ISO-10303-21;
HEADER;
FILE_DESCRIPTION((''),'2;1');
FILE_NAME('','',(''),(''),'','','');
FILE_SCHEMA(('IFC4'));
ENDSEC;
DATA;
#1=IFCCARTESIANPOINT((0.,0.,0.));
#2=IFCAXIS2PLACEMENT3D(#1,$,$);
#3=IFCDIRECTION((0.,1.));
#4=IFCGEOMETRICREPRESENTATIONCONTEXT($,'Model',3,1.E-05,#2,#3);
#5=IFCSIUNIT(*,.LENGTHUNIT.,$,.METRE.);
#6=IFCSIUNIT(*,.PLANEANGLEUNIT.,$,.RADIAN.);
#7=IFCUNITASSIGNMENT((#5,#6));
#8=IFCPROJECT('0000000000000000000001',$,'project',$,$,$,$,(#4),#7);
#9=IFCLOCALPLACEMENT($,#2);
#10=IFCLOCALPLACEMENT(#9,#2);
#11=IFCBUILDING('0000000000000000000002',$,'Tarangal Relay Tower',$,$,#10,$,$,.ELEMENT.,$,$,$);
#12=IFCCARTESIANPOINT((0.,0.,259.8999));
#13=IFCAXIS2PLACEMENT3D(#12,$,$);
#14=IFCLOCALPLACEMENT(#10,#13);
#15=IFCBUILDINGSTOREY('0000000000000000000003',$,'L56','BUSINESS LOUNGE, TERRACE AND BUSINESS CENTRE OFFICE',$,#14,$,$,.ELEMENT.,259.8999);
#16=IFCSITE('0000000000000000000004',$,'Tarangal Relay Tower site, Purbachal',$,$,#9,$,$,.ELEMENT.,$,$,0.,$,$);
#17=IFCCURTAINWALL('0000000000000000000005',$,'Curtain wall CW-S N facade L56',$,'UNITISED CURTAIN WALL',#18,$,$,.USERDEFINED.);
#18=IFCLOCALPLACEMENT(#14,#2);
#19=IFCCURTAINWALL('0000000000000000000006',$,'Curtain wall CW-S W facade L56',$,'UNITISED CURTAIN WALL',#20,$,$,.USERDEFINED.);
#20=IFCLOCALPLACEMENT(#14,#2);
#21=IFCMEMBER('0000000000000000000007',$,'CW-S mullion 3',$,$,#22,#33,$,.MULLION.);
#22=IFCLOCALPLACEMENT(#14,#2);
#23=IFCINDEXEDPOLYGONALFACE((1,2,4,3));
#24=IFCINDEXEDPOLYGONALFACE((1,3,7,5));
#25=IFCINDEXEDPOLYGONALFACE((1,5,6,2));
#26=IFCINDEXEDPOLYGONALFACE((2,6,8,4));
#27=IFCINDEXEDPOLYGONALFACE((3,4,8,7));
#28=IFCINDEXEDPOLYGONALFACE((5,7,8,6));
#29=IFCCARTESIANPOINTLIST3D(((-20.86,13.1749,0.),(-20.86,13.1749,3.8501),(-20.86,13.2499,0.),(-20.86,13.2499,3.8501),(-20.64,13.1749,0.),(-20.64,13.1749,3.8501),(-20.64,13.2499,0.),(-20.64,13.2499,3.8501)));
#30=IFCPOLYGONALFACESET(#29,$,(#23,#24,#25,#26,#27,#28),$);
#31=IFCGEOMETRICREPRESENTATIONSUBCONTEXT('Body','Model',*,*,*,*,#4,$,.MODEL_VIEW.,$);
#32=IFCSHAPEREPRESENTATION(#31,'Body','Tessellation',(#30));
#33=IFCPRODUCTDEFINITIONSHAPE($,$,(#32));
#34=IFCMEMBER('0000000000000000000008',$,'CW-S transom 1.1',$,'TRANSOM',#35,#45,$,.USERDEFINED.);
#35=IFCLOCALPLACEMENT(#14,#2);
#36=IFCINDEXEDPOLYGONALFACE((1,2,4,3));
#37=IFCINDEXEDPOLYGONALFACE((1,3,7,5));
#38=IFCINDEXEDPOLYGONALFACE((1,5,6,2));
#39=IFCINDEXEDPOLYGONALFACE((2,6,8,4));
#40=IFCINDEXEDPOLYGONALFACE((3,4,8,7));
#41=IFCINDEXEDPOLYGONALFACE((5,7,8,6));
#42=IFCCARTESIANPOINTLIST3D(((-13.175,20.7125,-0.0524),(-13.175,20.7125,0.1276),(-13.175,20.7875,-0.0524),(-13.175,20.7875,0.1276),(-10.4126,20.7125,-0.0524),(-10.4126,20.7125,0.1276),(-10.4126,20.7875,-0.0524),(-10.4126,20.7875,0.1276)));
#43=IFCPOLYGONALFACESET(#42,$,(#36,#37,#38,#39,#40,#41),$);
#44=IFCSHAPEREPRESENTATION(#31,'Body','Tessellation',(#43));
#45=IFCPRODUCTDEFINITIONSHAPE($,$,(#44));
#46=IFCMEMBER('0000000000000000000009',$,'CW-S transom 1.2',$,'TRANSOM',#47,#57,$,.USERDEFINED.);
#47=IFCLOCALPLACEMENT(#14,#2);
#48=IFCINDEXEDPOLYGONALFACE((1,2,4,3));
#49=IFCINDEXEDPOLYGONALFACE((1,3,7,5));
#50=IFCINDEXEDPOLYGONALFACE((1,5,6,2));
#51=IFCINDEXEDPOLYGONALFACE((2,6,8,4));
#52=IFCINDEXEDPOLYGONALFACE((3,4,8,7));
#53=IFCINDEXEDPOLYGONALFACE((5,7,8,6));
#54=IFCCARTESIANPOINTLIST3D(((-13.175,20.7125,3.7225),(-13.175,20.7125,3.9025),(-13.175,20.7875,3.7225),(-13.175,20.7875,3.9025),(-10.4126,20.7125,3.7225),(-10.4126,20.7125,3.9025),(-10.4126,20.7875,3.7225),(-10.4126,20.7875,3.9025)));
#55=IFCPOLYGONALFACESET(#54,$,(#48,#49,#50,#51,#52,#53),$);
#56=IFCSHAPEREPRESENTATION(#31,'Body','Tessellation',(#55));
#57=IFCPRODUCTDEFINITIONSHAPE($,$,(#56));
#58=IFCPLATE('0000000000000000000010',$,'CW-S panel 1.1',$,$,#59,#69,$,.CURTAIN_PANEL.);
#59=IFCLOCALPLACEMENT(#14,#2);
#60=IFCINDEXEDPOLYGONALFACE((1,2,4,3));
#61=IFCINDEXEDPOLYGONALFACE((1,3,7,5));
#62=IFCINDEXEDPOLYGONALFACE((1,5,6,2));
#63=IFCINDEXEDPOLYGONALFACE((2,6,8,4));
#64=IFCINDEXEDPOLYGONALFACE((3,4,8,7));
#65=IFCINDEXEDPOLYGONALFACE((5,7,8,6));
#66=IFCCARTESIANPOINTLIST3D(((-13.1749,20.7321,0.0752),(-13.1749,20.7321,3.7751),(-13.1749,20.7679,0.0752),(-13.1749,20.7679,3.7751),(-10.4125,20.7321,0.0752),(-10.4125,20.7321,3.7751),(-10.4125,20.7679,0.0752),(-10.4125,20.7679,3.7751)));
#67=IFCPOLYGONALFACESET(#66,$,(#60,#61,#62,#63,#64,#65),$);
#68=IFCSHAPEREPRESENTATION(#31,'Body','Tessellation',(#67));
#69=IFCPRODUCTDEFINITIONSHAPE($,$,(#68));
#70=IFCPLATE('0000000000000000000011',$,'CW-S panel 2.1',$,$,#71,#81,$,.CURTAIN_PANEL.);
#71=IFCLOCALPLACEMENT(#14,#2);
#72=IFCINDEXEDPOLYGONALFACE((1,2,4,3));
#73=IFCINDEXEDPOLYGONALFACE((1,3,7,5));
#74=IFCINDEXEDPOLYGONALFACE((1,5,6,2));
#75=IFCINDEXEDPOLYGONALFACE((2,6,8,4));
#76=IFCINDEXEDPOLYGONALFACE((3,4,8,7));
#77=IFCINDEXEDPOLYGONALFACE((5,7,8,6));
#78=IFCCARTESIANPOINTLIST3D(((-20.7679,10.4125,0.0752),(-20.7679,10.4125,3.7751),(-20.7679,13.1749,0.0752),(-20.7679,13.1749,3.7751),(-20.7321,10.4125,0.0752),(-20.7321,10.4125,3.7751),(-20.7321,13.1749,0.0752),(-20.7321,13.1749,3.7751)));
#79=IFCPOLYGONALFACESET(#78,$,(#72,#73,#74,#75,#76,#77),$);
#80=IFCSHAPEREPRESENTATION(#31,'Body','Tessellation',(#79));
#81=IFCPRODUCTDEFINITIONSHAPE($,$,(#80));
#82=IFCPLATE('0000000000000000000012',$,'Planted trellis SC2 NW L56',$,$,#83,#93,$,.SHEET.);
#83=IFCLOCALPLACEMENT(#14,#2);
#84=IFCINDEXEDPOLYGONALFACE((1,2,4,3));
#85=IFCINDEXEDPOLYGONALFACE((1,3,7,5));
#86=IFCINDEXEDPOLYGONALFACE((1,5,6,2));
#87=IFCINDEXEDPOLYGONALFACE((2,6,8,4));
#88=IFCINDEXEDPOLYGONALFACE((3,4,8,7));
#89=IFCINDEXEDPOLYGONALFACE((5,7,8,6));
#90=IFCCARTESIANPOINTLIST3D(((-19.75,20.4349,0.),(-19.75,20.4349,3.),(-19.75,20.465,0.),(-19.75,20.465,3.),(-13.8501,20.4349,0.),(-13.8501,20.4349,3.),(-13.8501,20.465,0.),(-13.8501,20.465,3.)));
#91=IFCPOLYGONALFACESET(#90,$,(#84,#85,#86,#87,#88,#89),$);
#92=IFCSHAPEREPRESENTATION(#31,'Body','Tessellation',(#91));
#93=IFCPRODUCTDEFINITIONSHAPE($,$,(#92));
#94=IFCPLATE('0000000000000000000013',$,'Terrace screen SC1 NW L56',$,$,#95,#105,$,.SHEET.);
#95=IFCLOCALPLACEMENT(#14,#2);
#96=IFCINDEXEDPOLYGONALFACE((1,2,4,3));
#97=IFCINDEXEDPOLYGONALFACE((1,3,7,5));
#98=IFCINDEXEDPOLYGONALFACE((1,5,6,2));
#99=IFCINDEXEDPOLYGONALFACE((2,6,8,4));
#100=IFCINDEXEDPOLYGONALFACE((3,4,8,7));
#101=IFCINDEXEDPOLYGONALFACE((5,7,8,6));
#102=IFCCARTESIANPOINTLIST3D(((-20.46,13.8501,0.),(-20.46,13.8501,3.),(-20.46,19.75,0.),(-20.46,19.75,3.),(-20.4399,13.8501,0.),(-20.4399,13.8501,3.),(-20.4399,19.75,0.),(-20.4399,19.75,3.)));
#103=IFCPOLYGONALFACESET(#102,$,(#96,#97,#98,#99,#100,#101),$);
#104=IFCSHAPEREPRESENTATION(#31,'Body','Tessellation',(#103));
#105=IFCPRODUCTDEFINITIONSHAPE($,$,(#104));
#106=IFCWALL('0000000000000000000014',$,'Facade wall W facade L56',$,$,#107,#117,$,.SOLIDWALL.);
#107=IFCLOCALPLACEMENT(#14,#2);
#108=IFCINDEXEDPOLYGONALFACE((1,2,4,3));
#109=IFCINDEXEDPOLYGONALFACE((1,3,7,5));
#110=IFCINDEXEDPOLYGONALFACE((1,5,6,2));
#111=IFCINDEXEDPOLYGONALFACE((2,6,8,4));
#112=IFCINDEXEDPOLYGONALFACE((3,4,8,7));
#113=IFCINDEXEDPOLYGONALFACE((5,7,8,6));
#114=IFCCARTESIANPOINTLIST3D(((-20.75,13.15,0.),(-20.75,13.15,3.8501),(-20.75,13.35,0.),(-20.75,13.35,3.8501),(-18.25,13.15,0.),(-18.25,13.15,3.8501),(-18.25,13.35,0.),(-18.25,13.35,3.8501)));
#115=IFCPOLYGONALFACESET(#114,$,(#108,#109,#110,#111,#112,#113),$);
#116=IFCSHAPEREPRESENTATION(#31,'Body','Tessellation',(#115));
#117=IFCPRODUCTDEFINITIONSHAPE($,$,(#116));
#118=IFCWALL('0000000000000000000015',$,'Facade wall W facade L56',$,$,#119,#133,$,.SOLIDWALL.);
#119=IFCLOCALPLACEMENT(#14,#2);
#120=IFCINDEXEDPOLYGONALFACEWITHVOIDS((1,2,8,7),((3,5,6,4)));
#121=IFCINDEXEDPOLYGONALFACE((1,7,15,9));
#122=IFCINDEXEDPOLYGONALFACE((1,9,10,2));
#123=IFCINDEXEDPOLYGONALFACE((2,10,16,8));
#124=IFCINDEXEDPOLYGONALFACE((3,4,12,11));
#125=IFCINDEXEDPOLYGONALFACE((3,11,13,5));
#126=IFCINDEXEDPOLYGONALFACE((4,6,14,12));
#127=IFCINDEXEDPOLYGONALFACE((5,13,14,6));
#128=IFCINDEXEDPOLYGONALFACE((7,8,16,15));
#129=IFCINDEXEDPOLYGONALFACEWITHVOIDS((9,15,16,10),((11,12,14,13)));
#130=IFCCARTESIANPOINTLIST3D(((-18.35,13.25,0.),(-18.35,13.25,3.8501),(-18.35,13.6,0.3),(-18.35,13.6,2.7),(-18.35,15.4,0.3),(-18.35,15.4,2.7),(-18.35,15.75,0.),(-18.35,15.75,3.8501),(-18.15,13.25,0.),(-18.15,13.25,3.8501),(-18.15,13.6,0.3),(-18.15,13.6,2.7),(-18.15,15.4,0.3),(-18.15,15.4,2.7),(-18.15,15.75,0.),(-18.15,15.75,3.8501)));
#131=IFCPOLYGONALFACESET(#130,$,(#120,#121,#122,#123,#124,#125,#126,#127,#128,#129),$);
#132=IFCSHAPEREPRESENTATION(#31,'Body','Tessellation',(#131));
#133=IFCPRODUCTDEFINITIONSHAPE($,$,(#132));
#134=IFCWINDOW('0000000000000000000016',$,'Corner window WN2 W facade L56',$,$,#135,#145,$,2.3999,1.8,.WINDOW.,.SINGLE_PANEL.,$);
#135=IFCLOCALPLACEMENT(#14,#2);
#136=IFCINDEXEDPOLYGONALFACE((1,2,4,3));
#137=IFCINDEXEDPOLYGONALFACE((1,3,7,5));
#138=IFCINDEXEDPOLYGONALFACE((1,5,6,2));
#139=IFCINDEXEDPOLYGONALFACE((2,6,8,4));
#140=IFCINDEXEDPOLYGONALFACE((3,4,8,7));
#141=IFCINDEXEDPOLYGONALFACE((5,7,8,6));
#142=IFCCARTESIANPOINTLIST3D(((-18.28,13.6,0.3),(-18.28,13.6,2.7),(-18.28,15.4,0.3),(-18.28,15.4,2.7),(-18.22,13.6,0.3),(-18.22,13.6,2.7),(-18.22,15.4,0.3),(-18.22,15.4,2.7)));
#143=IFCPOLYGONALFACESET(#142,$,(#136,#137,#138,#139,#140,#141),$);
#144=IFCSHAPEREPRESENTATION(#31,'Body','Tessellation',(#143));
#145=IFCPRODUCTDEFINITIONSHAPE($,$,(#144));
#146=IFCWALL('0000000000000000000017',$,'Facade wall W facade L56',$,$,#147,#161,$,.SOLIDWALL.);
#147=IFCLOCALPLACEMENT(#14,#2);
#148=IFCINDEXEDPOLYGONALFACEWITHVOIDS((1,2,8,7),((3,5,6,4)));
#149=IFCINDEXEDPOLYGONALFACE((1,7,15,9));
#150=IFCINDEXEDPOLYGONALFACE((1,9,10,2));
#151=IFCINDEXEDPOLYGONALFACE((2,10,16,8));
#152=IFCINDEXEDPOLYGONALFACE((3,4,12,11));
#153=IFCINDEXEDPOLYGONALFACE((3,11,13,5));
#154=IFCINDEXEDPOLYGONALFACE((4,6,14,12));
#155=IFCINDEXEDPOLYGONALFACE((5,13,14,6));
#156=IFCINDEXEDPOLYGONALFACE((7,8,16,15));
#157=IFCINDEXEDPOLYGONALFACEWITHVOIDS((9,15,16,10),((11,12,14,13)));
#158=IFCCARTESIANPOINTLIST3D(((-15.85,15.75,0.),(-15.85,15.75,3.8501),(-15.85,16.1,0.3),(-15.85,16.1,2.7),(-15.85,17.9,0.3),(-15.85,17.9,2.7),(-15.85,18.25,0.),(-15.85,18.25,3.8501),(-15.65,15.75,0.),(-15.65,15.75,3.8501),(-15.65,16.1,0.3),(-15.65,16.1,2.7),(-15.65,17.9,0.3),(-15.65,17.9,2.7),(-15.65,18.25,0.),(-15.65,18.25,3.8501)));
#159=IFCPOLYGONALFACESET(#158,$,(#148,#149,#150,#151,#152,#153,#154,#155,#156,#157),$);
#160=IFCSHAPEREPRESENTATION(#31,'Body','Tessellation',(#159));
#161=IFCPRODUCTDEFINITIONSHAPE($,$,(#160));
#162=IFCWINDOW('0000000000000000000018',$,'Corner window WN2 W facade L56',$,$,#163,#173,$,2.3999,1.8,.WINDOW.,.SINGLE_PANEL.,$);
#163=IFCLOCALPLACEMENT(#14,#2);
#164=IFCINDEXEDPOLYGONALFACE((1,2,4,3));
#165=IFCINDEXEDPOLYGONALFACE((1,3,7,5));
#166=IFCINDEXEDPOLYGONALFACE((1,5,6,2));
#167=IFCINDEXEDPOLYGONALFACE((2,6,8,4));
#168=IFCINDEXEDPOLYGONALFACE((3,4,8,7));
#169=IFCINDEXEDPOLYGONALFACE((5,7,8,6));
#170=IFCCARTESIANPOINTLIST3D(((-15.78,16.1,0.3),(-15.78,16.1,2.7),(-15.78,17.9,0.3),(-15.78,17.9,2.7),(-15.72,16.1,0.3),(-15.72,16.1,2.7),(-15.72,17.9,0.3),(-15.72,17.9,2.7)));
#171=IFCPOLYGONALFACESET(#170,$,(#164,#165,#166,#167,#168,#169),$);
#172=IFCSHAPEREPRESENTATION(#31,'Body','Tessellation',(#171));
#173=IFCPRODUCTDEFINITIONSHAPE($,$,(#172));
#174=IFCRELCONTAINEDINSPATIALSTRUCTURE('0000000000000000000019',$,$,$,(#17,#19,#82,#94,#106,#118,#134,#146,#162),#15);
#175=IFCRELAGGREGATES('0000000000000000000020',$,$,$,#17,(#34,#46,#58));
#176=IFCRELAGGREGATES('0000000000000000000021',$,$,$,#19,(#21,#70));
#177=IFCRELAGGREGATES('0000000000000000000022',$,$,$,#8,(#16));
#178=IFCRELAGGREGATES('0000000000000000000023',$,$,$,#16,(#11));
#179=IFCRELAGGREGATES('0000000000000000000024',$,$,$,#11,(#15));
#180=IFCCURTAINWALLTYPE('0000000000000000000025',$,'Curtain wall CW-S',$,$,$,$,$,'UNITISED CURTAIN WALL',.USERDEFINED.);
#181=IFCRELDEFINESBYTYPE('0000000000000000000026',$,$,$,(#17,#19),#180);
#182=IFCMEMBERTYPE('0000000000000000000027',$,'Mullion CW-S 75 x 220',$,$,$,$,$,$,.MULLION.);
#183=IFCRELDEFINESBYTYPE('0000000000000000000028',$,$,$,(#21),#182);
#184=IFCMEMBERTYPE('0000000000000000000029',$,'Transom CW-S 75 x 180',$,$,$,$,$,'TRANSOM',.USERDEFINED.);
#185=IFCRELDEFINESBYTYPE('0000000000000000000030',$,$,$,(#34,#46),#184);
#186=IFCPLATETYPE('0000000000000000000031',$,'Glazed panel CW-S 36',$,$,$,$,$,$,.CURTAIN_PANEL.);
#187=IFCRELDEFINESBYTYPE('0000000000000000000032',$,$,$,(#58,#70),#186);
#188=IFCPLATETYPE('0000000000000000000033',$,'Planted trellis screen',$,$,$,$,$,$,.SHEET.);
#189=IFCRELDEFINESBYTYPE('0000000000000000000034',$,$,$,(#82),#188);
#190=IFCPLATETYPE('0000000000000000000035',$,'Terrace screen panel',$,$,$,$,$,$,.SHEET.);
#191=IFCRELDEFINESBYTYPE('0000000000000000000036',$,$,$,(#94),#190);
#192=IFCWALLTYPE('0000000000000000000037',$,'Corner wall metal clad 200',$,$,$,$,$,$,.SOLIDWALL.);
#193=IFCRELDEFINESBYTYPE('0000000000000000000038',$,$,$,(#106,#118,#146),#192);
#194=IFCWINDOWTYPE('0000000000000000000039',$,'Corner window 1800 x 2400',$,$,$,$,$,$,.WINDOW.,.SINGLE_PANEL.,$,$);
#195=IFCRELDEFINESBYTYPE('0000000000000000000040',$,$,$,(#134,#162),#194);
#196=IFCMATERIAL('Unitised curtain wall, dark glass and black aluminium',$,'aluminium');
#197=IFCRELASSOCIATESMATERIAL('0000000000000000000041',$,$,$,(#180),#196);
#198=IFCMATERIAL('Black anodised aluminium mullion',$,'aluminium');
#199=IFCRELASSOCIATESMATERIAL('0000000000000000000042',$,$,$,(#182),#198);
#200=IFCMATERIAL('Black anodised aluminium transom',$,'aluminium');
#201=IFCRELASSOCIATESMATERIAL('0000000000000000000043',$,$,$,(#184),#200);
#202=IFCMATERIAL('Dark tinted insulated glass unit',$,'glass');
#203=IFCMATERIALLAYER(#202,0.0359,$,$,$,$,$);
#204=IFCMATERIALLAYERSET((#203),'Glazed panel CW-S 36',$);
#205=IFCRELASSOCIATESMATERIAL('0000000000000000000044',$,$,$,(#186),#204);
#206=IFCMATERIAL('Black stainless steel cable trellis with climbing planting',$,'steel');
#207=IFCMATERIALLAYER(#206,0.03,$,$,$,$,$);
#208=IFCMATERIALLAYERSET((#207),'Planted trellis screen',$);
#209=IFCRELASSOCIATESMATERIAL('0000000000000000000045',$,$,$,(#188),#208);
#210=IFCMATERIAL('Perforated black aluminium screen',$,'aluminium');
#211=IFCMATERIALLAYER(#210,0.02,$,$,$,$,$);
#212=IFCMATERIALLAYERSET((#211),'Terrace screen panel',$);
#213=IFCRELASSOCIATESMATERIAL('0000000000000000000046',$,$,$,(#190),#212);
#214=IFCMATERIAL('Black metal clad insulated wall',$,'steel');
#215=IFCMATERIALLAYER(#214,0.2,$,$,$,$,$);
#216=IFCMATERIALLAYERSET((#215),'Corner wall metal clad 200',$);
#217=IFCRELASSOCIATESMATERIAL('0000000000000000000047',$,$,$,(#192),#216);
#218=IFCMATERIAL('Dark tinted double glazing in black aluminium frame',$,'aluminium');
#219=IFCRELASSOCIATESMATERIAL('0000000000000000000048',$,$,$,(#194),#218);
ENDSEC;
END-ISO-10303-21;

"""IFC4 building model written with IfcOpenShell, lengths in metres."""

from ifc_helpers import new_model, si_unit, direction, frame, frame_2d, origin, origin_2d, place, context, subcontext, project, spatial, rectangle, extrude, material, layer, layer_set, material_profile, profile_set, type_object, element, fill, aggregate, save


model = new_model("IFC4")

# Units and contexts
model_context = context("Model", 3, precision=1e-05, world=origin(), true_north=direction((0.0, 1.0)))
body_context = subcontext(model_context, "Body", "Model", "MODEL_VIEW")
ifc_project = project(units=[si_unit("LENGTHUNIT", "METRE"), si_unit("PLANEANGLEUNIT", "RADIAN")], contexts=[model_context])

# Site, building, storey
site_placement = place(None, origin())
site = spatial("IfcSite", under=ifc_project, at=site_placement, Name="Tarangal Relay Tower site, Purbachal", CompositionType="ELEMENT", RefElevation=0.0)
building_placement = place(site_placement, origin())
building = spatial("IfcBuilding", under=site, at=building_placement, Name="Tarangal Relay Tower", CompositionType="ELEMENT")
storey_placement = place(building_placement, frame((0.0, 0.0, 259.8999)))
storey = spatial("IfcBuildingStorey", under=building, at=storey_placement, Name="L56", Description="BUSINESS LOUNGE, TERRACE AND BUSINESS CENTRE OFFICE", CompositionType="ELEMENT", Elevation=259.8999)

# Curtain walls, member
ifc_material_1 = material(Name="Unitised curtain wall, dark glass and black aluminium", Category="aluminium")
curtain_wall_type = type_object("IfcCurtainWallType", Name="Curtain wall CW-S", ElementType="UNITISED CURTAIN WALL", PredefinedType="USERDEFINED", material=ifc_material_1)
curtain_wall_1_placement = place(storey_placement, origin())
curtain_wall_1 = element("IfcCurtainWall", 1, at=curtain_wall_1_placement, inside=storey, type_object=curtain_wall_type, Name="Curtain wall CW-S N facade L56", ObjectType="UNITISED CURTAIN WALL", PredefinedType="USERDEFINED")
ifc_material_2 = material(Name="Black anodised aluminium mullion", Category="aluminium")
ifc_material_profile_1 = material_profile(ifc_material_2, rectangle(XDim=0.22, YDim=0.075, at=origin_2d()), Name="CW-SM 75X220")
ifc_profile_set_1 = profile_set([ifc_material_profile_1], Name="Black anodised aluminium mullion")
member_type_1 = type_object("IfcMemberType", Name="Mullion CW-S 75 x 220", PredefinedType="MULLION", material=ifc_profile_set_1)
curtain_wall_2_placement = place(storey_placement, origin())
curtain_wall_2 = element("IfcCurtainWall", 2, at=curtain_wall_2_placement, inside=storey, type_object=curtain_wall_type, Name="Curtain wall CW-S W facade L56", ObjectType="UNITISED CURTAIN WALL", PredefinedType="USERDEFINED")
member_1_placement = place(storey_placement, frame((-20.75, 13.2124, 0.0), z_axis=(0.0, 0.0, 1.0), x_axis=(-1.0, 0.0, 0.0)))
member_1 = element("IfcMember", 3, at=member_1_placement, type_object=member_type_1, Name="CW-S mullion 3", PredefinedType="MULLION", context=body_context, shape_type="SweptSolid", body=[
    extrude(rectangle(XDim=0.22, YDim=0.075, at=origin_2d()), origin(), (0.0, 0.0, 1.0), 3.8501),
])

# Members
ifc_material_3 = material(Name="Black anodised aluminium transom", Category="aluminium")
ifc_material_profile_2 = material_profile(ifc_material_3, rectangle(XDim=0.075, YDim=0.1799, at=origin_2d()), Name="CW-ST 75X180")
ifc_profile_set_2 = profile_set([ifc_material_profile_2], Name="Black anodised aluminium transom")
member_type_2 = type_object("IfcMemberType", Name="Transom CW-S 75 x 180", ElementType="TRANSOM", PredefinedType="USERDEFINED", material=ifc_profile_set_2)
member_2_placement = place(storey_placement, frame((-13.175, 20.75, 0.0376), z_axis=(1.0, 0.0, 0.0), x_axis=(0.0, 1.0, 0.0)))
member_2 = element("IfcMember", 4, at=member_2_placement, type_object=member_type_2, Name="CW-S transom 1.1", ObjectType="TRANSOM", PredefinedType="USERDEFINED", context=body_context, shape_type="SweptSolid", body=[
    extrude(rectangle(XDim=0.075, YDim=0.1799, at=origin_2d()), origin(), (0.0, 0.0, 1.0), 2.7625),
])
member_3_placement = place(storey_placement, frame((-13.175, 20.75, 3.8125), z_axis=(1.0, 0.0, 0.0), x_axis=(0.0, 1.0, 0.0)))
member_3 = element("IfcMember", 5, at=member_3_placement, type_object=member_type_2, Name="CW-S transom 1.2", ObjectType="TRANSOM", PredefinedType="USERDEFINED", context=body_context, shape_type="SweptSolid", body=[
    extrude(rectangle(XDim=0.075, YDim=0.1799, at=origin_2d()), origin(), (0.0, 0.0, 1.0), 2.7625),
])

# Plates
ifc_material_4 = material(Name="Dark tinted insulated glass unit", Category="glass")
ifc_layer_1 = layer(ifc_material_4, 0.0359)
ifc_layer_set_1 = layer_set([ifc_layer_1], Name="Glazed panel CW-S 36")
plate_type_1 = type_object("IfcPlateType", Name="Glazed panel CW-S 36", PredefinedType="CURTAIN_PANEL", material=ifc_layer_set_1)
plate_1_placement = place(storey_placement, frame((-11.7937, 20.75, 0.0752), z_axis=(0.0, 0.0, 1.0), x_axis=(1.0, 0.0, 0.0)))
plate_1 = element("IfcPlate", 6, at=plate_1_placement, type_object=plate_type_1, Name="CW-S panel 1.1", PredefinedType="CURTAIN_PANEL", context=body_context, shape_type="SweptSolid", body=[
    extrude(rectangle(XDim=2.7625, YDim=0.0359, at=origin_2d()), origin(), (0.0, 0.0, 1.0), 3.7),
])
aggregate(curtain_wall_1, [member_2, member_3, plate_1])
plate_2_placement = place(storey_placement, frame((-20.75, 11.7937, 0.0752), z_axis=(0.0, 0.0, 1.0), x_axis=(0.0, 1.0, 0.0)))
plate_2 = element("IfcPlate", 7, at=plate_2_placement, type_object=plate_type_1, Name="CW-S panel 2.1", PredefinedType="CURTAIN_PANEL", context=body_context, shape_type="SweptSolid", body=[
    extrude(rectangle(XDim=2.7625, YDim=0.0359, at=origin_2d()), origin(), (0.0, 0.0, 1.0), 3.7),
])
aggregate(curtain_wall_2, [member_1, plate_2])

# Plates
ifc_material_5 = material(Name="Black stainless steel cable trellis with climbing planting", Category="steel")
ifc_layer_2 = layer(ifc_material_5, 0.03)
ifc_layer_set_2 = layer_set([ifc_layer_2], Name="Planted trellis screen")
plate_type_2 = type_object("IfcPlateType", Name="Planted trellis screen", PredefinedType="SHEET", material=ifc_layer_set_2)
plate_3_placement = place(storey_placement, frame((-16.8, 20.45, 0.0), z_axis=(0.0, 0.0, 1.0), x_axis=(1.0, 0.0, 0.0)))
element("IfcPlate", 8, at=plate_3_placement, inside=storey, type_object=plate_type_2, Name="Planted trellis SC2 NW L56", PredefinedType="SHEET", context=body_context, shape_type="SweptSolid", body=[
    extrude(rectangle(XDim=5.8999, YDim=0.03, at=origin_2d()), origin(), (0.0, 0.0, 1.0), 3.0),
])
ifc_material_6 = material(Name="Perforated black aluminium screen", Category="aluminium")
ifc_layer_3 = layer(ifc_material_6, 0.02)
ifc_layer_set_3 = layer_set([ifc_layer_3], Name="Terrace screen panel")
plate_type_3 = type_object("IfcPlateType", Name="Terrace screen panel", PredefinedType="SHEET", material=ifc_layer_set_3)
plate_4_placement = place(storey_placement, frame((-20.45, 16.8, 0.0), z_axis=(0.0, 0.0, 1.0), x_axis=(0.0, 1.0, 0.0)))
element("IfcPlate", 9, at=plate_4_placement, inside=storey, type_object=plate_type_3, Name="Terrace screen SC1 NW L56", PredefinedType="SHEET", context=body_context, shape_type="SweptSolid", body=[
    extrude(rectangle(XDim=5.8999, YDim=0.02, at=origin_2d()), origin(), (0.0, 0.0, 1.0), 3.0),
])

# Wall
ifc_material_7 = material(Name="Black metal clad insulated wall", Category="steel")
ifc_layer_4 = layer(ifc_material_7, 0.2)
ifc_layer_set_4 = layer_set([ifc_layer_4], Name="Corner wall metal clad 200")
wall_type_1 = type_object("IfcWallType", Name="Corner wall metal clad 200", PredefinedType="SOLIDWALL", material=ifc_layer_set_4)
wall_1_placement = place(storey_placement, frame((-20.75, 13.25, 0.0), z_axis=(0.0, 0.0, 1.0), x_axis=(1.0, 0.0, 0.0)))
element("IfcWall", 10, at=wall_1_placement, inside=storey, type_object=wall_type_1, Name="Facade wall W facade L56", PredefinedType="SOLIDWALL", context=body_context, shape_type="SweptSolid", body=[
    extrude(rectangle(XDim=2.5, YDim=0.2, at=frame_2d((1.25, 0.0))), origin(), (0.0, 0.0, 1.0), 3.8501),
])

# Wall, opening, window
wall_2_placement = place(storey_placement, frame((-18.25, 13.25, 0.0), z_axis=(0.0, 0.0, 1.0), x_axis=(0.0, 1.0, 0.0)))
wall_2 = element("IfcWall", 11, at=wall_2_placement, inside=storey, type_object=wall_type_1, Name="Facade wall W facade L56", PredefinedType="SOLIDWALL", context=body_context, shape_type="SweptSolid", body=[
    extrude(rectangle(XDim=2.5, YDim=0.2, at=frame_2d((1.25, 0.0))), origin(), (0.0, 0.0, 1.0), 3.8501),
])
opening_1_placement = place(wall_2_placement, frame((0.3501, 0.0, 0.3)))
opening_1 = element("IfcOpeningElement", 12, at=opening_1_placement, cuts=wall_2, PredefinedType="OPENING", context=body_context, shape_type="SweptSolid", body=[
    extrude(rectangle(XDim=1.8, YDim=2.3999, at=frame_2d((0.8999, 1.2))), frame((0.0, 0.1099, 0.0), z_axis=(0.0, -1.0, 0.0), x_axis=(1.0, 0.0, 0.0)), (0.0, 0.0, 1.0), 0.22),
])
ifc_material_8 = material(Name="Dark tinted double glazing in black aluminium frame", Category="aluminium")
window_type = type_object("IfcWindowType", Name="Corner window 1800 x 2400", PartitioningType="SINGLE_PANEL", PredefinedType="WINDOW", material=ifc_material_8)
window_1_placement = place(opening_1_placement, origin())
window_1 = element("IfcWindow", 13, at=window_1_placement, inside=storey, type_object=window_type, Name="Corner window WN2 W facade L56", OverallHeight=2.3999, OverallWidth=1.8, PartitioningType="SINGLE_PANEL", PredefinedType="WINDOW", context=body_context, shape_type="SweptSolid", body=[
    extrude(rectangle(XDim=1.8, YDim=2.3999, at=frame_2d((0.8999, 1.2))), frame((0.0, 0.03, 0.0), z_axis=(0.0, -1.0, 0.0), x_axis=(1.0, 0.0, 0.0)), (0.0, 0.0, 1.0), 0.0601),
])
fill(opening_1, window_1)

# Wall, opening, window
wall_3_placement = place(storey_placement, frame((-15.75, 15.75, 0.0), z_axis=(0.0, 0.0, 1.0), x_axis=(0.0, 1.0, 0.0)))
wall_3 = element("IfcWall", 14, at=wall_3_placement, inside=storey, type_object=wall_type_1, Name="Facade wall W facade L56", PredefinedType="SOLIDWALL", context=body_context, shape_type="SweptSolid", body=[
    extrude(rectangle(XDim=2.5, YDim=0.2, at=frame_2d((1.25, 0.0))), origin(), (0.0, 0.0, 1.0), 3.8501),
])
opening_2_placement = place(wall_3_placement, frame((0.3501, 0.0, 0.3)))
opening_2 = element("IfcOpeningElement", 15, at=opening_2_placement, cuts=wall_3, PredefinedType="OPENING", context=body_context, shape_type="SweptSolid", body=[
    extrude(rectangle(XDim=1.8, YDim=2.3999, at=frame_2d((0.8999, 1.2))), frame((0.0, 0.1099, 0.0), z_axis=(0.0, -1.0, 0.0), x_axis=(1.0, 0.0, 0.0)), (0.0, 0.0, 1.0), 0.22),
])
window_2_placement = place(opening_2_placement, origin())
window_2 = element("IfcWindow", 16, at=window_2_placement, inside=storey, type_object=window_type, Name="Corner window WN2 W facade L56", OverallHeight=2.3999, OverallWidth=1.8, PartitioningType="SINGLE_PANEL", PredefinedType="WINDOW", context=body_context, shape_type="SweptSolid", body=[
    extrude(rectangle(XDim=1.8, YDim=2.3999, at=frame_2d((0.8999, 1.2))), frame((0.0, 0.03, 0.0), z_axis=(0.0, -1.0, 0.0), x_axis=(1.0, 0.0, 0.0)), (0.0, 0.0, 1.0), 0.0601),
])
fill(opening_2, window_2)

save(model, "model.ifc")
